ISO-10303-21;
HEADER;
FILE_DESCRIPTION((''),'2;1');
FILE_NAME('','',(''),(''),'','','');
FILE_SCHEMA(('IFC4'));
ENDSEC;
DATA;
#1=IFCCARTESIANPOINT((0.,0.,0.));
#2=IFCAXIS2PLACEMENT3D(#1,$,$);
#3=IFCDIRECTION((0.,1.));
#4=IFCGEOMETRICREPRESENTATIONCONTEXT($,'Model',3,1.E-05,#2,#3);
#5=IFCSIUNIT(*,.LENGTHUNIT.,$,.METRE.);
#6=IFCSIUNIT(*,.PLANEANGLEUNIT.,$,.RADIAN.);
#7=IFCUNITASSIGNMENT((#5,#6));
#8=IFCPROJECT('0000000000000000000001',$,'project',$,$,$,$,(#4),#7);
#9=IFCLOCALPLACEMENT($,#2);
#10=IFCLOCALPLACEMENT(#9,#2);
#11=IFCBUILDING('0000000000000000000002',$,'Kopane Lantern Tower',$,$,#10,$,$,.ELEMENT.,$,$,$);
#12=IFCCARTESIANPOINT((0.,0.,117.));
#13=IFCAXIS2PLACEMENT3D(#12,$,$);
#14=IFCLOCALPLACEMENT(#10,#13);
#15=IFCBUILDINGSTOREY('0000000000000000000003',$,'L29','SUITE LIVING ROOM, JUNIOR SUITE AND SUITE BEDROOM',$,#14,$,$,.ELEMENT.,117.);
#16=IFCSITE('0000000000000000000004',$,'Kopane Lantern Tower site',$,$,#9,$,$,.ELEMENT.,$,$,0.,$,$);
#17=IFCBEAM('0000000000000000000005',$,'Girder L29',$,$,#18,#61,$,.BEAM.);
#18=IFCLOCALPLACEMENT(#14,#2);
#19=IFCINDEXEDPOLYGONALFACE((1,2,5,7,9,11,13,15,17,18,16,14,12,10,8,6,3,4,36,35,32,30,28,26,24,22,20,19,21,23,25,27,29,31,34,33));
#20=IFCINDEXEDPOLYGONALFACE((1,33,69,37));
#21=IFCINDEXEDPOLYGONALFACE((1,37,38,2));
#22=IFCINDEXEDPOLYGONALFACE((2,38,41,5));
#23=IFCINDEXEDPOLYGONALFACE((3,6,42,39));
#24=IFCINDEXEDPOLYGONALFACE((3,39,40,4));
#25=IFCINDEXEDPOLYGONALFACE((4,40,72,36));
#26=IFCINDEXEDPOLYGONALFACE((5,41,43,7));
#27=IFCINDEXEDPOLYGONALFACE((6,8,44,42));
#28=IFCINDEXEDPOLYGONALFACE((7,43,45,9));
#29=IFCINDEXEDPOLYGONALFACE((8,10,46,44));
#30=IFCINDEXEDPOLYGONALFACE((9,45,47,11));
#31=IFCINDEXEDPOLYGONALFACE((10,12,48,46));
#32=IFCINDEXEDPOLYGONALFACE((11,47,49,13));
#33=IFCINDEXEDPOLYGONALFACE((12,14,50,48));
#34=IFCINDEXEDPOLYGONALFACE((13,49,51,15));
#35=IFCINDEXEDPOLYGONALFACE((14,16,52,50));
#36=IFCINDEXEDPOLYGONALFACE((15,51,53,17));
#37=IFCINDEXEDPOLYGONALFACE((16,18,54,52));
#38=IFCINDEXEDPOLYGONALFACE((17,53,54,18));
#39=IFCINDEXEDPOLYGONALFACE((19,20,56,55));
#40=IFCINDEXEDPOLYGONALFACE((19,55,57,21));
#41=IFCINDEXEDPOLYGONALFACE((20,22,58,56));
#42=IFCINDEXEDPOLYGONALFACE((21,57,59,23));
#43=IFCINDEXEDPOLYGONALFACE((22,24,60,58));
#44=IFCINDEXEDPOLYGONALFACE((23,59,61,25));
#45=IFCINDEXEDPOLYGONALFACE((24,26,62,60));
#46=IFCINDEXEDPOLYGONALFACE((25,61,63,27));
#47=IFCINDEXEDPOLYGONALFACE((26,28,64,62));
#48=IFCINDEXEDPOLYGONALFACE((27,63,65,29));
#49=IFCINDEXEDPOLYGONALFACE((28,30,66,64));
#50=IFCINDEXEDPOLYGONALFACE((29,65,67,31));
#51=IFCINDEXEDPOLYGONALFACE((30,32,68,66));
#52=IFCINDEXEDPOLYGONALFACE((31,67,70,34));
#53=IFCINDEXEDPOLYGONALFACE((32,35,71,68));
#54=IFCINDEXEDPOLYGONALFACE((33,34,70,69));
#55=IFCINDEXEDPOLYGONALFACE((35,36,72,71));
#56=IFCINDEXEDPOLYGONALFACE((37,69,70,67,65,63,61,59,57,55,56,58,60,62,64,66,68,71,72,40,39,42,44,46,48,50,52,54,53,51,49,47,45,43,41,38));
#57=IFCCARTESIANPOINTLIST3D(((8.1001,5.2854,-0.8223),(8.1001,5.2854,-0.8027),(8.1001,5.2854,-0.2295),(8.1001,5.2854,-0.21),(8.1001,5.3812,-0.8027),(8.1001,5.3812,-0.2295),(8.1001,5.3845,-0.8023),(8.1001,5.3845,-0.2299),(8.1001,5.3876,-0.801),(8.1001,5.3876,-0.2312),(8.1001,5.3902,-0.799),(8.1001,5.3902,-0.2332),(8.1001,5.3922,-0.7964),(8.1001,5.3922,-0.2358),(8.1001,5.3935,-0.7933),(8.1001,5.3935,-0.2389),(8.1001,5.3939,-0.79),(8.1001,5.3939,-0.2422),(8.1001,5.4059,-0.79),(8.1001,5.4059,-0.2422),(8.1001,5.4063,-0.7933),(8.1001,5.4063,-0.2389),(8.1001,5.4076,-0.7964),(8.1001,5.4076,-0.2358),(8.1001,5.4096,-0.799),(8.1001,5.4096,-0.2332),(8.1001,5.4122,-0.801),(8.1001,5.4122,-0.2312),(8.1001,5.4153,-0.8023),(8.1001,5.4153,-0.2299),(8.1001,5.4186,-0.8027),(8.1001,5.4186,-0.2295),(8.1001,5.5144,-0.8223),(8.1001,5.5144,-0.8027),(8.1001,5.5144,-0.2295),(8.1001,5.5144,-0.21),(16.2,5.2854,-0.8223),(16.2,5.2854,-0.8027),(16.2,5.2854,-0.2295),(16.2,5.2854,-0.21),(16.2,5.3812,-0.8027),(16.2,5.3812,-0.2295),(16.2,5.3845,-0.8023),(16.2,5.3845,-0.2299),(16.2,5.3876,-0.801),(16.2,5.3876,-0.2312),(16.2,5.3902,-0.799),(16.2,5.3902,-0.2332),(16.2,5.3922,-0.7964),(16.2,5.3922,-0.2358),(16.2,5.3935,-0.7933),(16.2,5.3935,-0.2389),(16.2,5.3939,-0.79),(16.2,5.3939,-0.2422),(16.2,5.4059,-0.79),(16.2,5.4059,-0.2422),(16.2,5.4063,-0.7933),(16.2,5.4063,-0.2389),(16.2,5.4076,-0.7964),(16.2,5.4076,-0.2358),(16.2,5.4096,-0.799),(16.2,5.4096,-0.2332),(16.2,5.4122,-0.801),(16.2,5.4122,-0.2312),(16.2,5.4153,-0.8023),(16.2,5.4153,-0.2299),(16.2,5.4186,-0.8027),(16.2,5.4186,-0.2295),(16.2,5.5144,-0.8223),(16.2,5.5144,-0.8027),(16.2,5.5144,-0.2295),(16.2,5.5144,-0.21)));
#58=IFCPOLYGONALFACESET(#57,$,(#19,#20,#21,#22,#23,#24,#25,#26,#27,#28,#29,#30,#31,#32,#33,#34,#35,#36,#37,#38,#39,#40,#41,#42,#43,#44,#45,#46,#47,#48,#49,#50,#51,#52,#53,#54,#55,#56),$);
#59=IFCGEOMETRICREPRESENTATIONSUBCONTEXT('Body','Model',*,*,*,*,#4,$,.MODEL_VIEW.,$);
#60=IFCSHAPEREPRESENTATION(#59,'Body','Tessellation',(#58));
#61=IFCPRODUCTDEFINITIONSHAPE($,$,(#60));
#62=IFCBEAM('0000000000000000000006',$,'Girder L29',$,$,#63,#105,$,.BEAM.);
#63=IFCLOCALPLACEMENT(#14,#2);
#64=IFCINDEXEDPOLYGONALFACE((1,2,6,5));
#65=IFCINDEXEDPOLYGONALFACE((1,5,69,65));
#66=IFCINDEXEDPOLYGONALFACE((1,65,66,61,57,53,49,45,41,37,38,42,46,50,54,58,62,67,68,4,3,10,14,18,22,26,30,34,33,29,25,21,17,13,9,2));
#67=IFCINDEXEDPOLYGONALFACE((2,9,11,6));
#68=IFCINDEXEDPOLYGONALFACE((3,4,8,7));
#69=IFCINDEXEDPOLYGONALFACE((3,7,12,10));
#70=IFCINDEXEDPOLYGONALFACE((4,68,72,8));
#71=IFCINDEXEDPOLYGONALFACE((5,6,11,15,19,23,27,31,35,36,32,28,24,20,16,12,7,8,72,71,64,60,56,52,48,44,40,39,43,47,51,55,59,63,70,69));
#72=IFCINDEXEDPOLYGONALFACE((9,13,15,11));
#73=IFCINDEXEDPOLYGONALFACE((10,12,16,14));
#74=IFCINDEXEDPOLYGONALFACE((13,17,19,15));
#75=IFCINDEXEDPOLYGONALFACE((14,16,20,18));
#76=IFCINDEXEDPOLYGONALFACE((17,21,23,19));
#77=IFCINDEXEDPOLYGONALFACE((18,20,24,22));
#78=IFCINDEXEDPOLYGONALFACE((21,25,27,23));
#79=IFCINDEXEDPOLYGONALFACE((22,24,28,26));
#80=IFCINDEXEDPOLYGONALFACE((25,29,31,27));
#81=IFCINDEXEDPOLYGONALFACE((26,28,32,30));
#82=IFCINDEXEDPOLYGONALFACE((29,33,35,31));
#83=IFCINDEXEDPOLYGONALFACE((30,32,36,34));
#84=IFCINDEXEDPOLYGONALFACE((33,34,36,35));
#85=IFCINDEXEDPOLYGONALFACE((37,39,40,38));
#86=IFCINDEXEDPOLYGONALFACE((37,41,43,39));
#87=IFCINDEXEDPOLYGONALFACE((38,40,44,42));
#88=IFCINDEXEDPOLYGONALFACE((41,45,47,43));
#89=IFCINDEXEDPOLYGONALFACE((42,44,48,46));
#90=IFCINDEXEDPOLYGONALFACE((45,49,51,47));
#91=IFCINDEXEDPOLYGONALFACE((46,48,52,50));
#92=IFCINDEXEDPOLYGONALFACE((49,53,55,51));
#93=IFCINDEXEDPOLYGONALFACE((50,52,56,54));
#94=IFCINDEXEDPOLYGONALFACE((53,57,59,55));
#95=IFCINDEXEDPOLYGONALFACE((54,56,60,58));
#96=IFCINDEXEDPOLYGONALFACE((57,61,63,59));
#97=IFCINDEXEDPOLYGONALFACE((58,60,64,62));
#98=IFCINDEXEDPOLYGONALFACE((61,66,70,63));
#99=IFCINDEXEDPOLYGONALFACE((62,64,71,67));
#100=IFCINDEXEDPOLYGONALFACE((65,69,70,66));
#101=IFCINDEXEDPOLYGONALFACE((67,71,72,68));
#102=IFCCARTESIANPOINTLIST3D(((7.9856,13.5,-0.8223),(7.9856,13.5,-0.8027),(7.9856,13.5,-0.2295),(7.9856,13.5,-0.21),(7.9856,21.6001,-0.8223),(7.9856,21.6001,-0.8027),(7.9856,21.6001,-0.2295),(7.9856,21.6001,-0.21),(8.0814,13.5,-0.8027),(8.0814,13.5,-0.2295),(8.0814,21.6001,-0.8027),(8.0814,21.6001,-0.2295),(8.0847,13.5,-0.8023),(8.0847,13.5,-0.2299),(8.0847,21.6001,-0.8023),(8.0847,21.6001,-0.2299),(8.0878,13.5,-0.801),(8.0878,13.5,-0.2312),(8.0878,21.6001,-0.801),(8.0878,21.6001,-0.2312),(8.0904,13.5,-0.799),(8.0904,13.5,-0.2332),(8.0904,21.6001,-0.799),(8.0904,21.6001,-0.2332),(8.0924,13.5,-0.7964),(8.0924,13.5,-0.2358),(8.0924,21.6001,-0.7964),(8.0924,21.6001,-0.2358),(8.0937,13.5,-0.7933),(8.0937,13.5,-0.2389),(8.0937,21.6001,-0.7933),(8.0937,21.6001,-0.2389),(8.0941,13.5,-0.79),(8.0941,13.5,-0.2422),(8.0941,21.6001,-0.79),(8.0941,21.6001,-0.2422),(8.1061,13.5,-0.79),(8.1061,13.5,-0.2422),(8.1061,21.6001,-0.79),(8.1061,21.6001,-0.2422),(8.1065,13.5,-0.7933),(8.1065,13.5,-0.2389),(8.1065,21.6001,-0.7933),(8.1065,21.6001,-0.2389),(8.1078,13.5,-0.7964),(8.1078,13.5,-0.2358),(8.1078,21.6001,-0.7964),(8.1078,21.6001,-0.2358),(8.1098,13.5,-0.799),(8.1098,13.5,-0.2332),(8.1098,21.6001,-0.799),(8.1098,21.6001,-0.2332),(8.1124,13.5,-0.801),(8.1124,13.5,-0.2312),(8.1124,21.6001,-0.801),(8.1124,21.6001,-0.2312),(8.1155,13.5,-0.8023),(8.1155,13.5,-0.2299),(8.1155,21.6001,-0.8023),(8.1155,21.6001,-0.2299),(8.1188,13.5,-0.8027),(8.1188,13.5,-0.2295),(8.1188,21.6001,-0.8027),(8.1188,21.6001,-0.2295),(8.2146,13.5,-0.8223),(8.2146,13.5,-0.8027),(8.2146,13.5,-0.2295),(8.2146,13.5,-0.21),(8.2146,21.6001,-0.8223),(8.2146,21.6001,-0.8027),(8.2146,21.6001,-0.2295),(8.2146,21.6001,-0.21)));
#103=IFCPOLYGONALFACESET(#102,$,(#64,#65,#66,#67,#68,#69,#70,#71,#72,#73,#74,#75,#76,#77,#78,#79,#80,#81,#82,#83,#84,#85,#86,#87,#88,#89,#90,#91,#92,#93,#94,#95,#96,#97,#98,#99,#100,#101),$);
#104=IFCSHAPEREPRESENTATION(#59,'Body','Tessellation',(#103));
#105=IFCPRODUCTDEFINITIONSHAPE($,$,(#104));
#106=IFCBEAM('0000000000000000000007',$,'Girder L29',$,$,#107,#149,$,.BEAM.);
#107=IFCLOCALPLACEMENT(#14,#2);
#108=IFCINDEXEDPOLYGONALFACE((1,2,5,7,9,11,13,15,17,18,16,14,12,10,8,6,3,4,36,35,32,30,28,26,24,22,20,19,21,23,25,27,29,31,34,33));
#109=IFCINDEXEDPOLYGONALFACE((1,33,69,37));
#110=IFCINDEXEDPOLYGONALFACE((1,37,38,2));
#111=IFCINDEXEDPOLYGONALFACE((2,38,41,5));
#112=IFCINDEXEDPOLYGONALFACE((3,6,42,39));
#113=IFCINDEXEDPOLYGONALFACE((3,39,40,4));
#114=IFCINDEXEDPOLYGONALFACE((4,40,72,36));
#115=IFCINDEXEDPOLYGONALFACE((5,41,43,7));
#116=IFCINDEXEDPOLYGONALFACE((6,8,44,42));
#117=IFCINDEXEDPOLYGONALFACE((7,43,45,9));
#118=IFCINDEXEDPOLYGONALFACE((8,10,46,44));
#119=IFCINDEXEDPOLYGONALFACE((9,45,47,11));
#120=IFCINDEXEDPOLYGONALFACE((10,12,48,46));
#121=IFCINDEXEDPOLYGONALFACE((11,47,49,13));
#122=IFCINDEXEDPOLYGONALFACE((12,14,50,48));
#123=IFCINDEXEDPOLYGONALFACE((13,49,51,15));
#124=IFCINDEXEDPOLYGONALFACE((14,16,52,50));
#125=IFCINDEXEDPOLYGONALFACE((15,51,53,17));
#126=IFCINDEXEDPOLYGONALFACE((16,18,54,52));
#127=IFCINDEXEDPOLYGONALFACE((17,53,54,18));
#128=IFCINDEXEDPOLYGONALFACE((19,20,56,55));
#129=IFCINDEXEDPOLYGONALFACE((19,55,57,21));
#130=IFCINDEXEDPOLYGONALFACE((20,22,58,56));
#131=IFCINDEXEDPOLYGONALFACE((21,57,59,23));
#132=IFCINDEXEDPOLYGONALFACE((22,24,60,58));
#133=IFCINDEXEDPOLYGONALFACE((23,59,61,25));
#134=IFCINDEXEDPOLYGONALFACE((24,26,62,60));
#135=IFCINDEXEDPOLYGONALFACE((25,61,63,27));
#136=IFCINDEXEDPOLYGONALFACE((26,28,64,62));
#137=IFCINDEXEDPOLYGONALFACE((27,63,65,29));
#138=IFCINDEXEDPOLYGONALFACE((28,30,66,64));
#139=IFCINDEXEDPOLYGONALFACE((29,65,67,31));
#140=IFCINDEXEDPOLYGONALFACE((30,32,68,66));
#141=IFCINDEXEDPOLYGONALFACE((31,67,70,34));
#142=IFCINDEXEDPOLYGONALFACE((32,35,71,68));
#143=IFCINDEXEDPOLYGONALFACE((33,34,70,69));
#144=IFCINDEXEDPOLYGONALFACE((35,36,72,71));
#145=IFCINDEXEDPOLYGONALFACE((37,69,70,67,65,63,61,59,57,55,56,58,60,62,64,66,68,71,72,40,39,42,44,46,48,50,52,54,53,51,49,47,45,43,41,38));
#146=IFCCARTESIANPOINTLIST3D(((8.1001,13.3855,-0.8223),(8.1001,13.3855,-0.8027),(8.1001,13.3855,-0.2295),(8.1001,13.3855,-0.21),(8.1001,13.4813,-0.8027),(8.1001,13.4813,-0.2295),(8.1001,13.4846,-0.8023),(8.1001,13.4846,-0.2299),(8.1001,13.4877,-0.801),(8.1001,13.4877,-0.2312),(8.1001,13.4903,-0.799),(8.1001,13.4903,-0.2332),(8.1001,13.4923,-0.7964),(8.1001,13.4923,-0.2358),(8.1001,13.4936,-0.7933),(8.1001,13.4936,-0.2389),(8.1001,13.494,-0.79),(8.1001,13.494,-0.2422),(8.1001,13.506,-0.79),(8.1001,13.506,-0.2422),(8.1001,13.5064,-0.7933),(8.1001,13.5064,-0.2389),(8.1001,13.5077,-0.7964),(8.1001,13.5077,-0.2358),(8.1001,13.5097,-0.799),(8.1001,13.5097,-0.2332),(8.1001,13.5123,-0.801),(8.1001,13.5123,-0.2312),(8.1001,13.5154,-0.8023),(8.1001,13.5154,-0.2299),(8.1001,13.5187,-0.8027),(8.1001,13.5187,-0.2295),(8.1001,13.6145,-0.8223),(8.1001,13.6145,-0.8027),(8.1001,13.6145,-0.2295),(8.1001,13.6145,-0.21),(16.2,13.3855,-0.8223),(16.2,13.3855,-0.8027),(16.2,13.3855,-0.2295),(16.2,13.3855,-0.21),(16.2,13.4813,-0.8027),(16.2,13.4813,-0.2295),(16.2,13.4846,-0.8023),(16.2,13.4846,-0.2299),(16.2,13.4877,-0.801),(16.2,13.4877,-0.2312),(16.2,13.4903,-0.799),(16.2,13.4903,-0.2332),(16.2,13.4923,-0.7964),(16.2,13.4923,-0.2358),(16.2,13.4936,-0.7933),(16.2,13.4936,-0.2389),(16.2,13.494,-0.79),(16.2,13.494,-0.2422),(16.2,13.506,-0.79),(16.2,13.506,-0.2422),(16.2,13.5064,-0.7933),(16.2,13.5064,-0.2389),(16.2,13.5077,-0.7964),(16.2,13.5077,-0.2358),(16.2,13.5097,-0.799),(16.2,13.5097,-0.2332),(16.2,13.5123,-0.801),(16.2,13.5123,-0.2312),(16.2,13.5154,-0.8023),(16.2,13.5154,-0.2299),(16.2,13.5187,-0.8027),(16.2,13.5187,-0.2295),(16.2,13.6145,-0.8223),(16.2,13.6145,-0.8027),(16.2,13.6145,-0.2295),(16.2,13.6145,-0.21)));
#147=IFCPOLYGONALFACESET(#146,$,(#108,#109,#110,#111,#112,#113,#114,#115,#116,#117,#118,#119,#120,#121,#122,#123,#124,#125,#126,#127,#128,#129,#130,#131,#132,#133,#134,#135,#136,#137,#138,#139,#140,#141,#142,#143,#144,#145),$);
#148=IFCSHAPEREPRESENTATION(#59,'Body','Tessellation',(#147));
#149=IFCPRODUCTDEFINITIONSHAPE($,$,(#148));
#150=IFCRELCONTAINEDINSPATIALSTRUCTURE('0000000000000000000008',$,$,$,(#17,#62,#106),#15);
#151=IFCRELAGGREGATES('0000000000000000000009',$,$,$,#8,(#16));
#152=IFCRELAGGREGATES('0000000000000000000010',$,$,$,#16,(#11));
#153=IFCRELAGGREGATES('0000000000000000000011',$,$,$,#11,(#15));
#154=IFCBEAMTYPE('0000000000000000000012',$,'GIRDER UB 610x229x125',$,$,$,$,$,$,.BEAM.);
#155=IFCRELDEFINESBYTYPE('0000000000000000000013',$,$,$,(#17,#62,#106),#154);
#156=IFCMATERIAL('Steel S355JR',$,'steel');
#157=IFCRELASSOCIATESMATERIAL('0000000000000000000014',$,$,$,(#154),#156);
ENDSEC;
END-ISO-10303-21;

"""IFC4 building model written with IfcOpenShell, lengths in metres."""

from ifc_helpers import new_model, si_unit, direction, frame, origin, origin_2d, place, context, subcontext, project, spatial, i_section, extrude, material, material_profile, profile_set, type_object, element, save


model = new_model("IFC4")

# Units and contexts
model_context = context("Model", 3, precision=1e-05, world=origin(), true_north=direction((0.0, 1.0)))
body_context = subcontext(model_context, "Body", "Model", "MODEL_VIEW")
ifc_project = project(units=[si_unit("LENGTHUNIT", "METRE"), si_unit("PLANEANGLEUNIT", "RADIAN")], contexts=[model_context])

# Site, building, storey
site_placement = place(None, origin())
site = spatial("IfcSite", under=ifc_project, at=site_placement, Name="Kopane Lantern Tower site", CompositionType="ELEMENT", RefElevation=0.0)
building_placement = place(site_placement, origin())
building = spatial("IfcBuilding", under=site, at=building_placement, Name="Kopane Lantern Tower", CompositionType="ELEMENT")
storey_placement = place(building_placement, frame((0.0, 0.0, 117.0)))
storey = spatial("IfcBuildingStorey", under=building, at=storey_placement, Name="L29", Description="SUITE LIVING ROOM, JUNIOR SUITE AND SUITE BEDROOM", CompositionType="ELEMENT", Elevation=117.0)

# Beams
ifc_material_1 = material(Name="Steel S355JR", Category="steel")
ifc_material_profile_1 = material_profile(ifc_material_1, i_section(OverallWidth=0.229, OverallDepth=0.6123, WebThickness=0.012, FlangeThickness=0.0195, FilletRadius=0.0127, at=origin_2d()), Name="UB 610x229x125")
ifc_profile_set_1 = profile_set([ifc_material_profile_1], Name="Steel S355JR")
beam_type_1 = type_object("IfcBeamType", Name="GIRDER UB 610x229x125", PredefinedType="BEAM", material=ifc_profile_set_1)
beam_1_placement = place(storey_placement, frame((8.1001, 5.3999, -0.5161), z_axis=(1.0, 0.0, 0.0), x_axis=(0.0, 1.0, 0.0)))
element("IfcBeam", 1, at=beam_1_placement, inside=storey, type_object=beam_type_1, Name="Girder L29", PredefinedType="BEAM", context=body_context, shape_type="SweptSolid", body=[
    extrude(i_section(OverallWidth=0.229, OverallDepth=0.6123, WebThickness=0.012, FlangeThickness=0.0195, FilletRadius=0.0127, at=origin_2d()), origin(), (0.0, 0.0, 1.0), 8.0999),
])
beam_2_placement = place(storey_placement, frame((8.1001, 13.5, -0.5161), z_axis=(0.0, 1.0, 0.0), x_axis=(-1.0, 0.0, 0.0)))
element("IfcBeam", 2, at=beam_2_placement, inside=storey, type_object=beam_type_1, Name="Girder L29", PredefinedType="BEAM", context=body_context, shape_type="SweptSolid", body=[
    extrude(i_section(OverallWidth=0.229, OverallDepth=0.6123, WebThickness=0.012, FlangeThickness=0.0195, FilletRadius=0.0127, at=origin_2d()), origin(), (0.0, 0.0, 1.0), 8.1001),
])
beam_3_placement = place(storey_placement, frame((8.1001, 13.5, -0.5161), z_axis=(1.0, 0.0, 0.0), x_axis=(0.0, 1.0, 0.0)))
element("IfcBeam", 3, at=beam_3_placement, inside=storey, type_object=beam_type_1, Name="Girder L29", PredefinedType="BEAM", context=body_context, shape_type="SweptSolid", body=[
    extrude(i_section(OverallWidth=0.229, OverallDepth=0.6123, WebThickness=0.012, FlangeThickness=0.0195, FilletRadius=0.0127, at=origin_2d()), origin(), (0.0, 0.0, 1.0), 8.0999),
])

save(model, "model.ifc")
